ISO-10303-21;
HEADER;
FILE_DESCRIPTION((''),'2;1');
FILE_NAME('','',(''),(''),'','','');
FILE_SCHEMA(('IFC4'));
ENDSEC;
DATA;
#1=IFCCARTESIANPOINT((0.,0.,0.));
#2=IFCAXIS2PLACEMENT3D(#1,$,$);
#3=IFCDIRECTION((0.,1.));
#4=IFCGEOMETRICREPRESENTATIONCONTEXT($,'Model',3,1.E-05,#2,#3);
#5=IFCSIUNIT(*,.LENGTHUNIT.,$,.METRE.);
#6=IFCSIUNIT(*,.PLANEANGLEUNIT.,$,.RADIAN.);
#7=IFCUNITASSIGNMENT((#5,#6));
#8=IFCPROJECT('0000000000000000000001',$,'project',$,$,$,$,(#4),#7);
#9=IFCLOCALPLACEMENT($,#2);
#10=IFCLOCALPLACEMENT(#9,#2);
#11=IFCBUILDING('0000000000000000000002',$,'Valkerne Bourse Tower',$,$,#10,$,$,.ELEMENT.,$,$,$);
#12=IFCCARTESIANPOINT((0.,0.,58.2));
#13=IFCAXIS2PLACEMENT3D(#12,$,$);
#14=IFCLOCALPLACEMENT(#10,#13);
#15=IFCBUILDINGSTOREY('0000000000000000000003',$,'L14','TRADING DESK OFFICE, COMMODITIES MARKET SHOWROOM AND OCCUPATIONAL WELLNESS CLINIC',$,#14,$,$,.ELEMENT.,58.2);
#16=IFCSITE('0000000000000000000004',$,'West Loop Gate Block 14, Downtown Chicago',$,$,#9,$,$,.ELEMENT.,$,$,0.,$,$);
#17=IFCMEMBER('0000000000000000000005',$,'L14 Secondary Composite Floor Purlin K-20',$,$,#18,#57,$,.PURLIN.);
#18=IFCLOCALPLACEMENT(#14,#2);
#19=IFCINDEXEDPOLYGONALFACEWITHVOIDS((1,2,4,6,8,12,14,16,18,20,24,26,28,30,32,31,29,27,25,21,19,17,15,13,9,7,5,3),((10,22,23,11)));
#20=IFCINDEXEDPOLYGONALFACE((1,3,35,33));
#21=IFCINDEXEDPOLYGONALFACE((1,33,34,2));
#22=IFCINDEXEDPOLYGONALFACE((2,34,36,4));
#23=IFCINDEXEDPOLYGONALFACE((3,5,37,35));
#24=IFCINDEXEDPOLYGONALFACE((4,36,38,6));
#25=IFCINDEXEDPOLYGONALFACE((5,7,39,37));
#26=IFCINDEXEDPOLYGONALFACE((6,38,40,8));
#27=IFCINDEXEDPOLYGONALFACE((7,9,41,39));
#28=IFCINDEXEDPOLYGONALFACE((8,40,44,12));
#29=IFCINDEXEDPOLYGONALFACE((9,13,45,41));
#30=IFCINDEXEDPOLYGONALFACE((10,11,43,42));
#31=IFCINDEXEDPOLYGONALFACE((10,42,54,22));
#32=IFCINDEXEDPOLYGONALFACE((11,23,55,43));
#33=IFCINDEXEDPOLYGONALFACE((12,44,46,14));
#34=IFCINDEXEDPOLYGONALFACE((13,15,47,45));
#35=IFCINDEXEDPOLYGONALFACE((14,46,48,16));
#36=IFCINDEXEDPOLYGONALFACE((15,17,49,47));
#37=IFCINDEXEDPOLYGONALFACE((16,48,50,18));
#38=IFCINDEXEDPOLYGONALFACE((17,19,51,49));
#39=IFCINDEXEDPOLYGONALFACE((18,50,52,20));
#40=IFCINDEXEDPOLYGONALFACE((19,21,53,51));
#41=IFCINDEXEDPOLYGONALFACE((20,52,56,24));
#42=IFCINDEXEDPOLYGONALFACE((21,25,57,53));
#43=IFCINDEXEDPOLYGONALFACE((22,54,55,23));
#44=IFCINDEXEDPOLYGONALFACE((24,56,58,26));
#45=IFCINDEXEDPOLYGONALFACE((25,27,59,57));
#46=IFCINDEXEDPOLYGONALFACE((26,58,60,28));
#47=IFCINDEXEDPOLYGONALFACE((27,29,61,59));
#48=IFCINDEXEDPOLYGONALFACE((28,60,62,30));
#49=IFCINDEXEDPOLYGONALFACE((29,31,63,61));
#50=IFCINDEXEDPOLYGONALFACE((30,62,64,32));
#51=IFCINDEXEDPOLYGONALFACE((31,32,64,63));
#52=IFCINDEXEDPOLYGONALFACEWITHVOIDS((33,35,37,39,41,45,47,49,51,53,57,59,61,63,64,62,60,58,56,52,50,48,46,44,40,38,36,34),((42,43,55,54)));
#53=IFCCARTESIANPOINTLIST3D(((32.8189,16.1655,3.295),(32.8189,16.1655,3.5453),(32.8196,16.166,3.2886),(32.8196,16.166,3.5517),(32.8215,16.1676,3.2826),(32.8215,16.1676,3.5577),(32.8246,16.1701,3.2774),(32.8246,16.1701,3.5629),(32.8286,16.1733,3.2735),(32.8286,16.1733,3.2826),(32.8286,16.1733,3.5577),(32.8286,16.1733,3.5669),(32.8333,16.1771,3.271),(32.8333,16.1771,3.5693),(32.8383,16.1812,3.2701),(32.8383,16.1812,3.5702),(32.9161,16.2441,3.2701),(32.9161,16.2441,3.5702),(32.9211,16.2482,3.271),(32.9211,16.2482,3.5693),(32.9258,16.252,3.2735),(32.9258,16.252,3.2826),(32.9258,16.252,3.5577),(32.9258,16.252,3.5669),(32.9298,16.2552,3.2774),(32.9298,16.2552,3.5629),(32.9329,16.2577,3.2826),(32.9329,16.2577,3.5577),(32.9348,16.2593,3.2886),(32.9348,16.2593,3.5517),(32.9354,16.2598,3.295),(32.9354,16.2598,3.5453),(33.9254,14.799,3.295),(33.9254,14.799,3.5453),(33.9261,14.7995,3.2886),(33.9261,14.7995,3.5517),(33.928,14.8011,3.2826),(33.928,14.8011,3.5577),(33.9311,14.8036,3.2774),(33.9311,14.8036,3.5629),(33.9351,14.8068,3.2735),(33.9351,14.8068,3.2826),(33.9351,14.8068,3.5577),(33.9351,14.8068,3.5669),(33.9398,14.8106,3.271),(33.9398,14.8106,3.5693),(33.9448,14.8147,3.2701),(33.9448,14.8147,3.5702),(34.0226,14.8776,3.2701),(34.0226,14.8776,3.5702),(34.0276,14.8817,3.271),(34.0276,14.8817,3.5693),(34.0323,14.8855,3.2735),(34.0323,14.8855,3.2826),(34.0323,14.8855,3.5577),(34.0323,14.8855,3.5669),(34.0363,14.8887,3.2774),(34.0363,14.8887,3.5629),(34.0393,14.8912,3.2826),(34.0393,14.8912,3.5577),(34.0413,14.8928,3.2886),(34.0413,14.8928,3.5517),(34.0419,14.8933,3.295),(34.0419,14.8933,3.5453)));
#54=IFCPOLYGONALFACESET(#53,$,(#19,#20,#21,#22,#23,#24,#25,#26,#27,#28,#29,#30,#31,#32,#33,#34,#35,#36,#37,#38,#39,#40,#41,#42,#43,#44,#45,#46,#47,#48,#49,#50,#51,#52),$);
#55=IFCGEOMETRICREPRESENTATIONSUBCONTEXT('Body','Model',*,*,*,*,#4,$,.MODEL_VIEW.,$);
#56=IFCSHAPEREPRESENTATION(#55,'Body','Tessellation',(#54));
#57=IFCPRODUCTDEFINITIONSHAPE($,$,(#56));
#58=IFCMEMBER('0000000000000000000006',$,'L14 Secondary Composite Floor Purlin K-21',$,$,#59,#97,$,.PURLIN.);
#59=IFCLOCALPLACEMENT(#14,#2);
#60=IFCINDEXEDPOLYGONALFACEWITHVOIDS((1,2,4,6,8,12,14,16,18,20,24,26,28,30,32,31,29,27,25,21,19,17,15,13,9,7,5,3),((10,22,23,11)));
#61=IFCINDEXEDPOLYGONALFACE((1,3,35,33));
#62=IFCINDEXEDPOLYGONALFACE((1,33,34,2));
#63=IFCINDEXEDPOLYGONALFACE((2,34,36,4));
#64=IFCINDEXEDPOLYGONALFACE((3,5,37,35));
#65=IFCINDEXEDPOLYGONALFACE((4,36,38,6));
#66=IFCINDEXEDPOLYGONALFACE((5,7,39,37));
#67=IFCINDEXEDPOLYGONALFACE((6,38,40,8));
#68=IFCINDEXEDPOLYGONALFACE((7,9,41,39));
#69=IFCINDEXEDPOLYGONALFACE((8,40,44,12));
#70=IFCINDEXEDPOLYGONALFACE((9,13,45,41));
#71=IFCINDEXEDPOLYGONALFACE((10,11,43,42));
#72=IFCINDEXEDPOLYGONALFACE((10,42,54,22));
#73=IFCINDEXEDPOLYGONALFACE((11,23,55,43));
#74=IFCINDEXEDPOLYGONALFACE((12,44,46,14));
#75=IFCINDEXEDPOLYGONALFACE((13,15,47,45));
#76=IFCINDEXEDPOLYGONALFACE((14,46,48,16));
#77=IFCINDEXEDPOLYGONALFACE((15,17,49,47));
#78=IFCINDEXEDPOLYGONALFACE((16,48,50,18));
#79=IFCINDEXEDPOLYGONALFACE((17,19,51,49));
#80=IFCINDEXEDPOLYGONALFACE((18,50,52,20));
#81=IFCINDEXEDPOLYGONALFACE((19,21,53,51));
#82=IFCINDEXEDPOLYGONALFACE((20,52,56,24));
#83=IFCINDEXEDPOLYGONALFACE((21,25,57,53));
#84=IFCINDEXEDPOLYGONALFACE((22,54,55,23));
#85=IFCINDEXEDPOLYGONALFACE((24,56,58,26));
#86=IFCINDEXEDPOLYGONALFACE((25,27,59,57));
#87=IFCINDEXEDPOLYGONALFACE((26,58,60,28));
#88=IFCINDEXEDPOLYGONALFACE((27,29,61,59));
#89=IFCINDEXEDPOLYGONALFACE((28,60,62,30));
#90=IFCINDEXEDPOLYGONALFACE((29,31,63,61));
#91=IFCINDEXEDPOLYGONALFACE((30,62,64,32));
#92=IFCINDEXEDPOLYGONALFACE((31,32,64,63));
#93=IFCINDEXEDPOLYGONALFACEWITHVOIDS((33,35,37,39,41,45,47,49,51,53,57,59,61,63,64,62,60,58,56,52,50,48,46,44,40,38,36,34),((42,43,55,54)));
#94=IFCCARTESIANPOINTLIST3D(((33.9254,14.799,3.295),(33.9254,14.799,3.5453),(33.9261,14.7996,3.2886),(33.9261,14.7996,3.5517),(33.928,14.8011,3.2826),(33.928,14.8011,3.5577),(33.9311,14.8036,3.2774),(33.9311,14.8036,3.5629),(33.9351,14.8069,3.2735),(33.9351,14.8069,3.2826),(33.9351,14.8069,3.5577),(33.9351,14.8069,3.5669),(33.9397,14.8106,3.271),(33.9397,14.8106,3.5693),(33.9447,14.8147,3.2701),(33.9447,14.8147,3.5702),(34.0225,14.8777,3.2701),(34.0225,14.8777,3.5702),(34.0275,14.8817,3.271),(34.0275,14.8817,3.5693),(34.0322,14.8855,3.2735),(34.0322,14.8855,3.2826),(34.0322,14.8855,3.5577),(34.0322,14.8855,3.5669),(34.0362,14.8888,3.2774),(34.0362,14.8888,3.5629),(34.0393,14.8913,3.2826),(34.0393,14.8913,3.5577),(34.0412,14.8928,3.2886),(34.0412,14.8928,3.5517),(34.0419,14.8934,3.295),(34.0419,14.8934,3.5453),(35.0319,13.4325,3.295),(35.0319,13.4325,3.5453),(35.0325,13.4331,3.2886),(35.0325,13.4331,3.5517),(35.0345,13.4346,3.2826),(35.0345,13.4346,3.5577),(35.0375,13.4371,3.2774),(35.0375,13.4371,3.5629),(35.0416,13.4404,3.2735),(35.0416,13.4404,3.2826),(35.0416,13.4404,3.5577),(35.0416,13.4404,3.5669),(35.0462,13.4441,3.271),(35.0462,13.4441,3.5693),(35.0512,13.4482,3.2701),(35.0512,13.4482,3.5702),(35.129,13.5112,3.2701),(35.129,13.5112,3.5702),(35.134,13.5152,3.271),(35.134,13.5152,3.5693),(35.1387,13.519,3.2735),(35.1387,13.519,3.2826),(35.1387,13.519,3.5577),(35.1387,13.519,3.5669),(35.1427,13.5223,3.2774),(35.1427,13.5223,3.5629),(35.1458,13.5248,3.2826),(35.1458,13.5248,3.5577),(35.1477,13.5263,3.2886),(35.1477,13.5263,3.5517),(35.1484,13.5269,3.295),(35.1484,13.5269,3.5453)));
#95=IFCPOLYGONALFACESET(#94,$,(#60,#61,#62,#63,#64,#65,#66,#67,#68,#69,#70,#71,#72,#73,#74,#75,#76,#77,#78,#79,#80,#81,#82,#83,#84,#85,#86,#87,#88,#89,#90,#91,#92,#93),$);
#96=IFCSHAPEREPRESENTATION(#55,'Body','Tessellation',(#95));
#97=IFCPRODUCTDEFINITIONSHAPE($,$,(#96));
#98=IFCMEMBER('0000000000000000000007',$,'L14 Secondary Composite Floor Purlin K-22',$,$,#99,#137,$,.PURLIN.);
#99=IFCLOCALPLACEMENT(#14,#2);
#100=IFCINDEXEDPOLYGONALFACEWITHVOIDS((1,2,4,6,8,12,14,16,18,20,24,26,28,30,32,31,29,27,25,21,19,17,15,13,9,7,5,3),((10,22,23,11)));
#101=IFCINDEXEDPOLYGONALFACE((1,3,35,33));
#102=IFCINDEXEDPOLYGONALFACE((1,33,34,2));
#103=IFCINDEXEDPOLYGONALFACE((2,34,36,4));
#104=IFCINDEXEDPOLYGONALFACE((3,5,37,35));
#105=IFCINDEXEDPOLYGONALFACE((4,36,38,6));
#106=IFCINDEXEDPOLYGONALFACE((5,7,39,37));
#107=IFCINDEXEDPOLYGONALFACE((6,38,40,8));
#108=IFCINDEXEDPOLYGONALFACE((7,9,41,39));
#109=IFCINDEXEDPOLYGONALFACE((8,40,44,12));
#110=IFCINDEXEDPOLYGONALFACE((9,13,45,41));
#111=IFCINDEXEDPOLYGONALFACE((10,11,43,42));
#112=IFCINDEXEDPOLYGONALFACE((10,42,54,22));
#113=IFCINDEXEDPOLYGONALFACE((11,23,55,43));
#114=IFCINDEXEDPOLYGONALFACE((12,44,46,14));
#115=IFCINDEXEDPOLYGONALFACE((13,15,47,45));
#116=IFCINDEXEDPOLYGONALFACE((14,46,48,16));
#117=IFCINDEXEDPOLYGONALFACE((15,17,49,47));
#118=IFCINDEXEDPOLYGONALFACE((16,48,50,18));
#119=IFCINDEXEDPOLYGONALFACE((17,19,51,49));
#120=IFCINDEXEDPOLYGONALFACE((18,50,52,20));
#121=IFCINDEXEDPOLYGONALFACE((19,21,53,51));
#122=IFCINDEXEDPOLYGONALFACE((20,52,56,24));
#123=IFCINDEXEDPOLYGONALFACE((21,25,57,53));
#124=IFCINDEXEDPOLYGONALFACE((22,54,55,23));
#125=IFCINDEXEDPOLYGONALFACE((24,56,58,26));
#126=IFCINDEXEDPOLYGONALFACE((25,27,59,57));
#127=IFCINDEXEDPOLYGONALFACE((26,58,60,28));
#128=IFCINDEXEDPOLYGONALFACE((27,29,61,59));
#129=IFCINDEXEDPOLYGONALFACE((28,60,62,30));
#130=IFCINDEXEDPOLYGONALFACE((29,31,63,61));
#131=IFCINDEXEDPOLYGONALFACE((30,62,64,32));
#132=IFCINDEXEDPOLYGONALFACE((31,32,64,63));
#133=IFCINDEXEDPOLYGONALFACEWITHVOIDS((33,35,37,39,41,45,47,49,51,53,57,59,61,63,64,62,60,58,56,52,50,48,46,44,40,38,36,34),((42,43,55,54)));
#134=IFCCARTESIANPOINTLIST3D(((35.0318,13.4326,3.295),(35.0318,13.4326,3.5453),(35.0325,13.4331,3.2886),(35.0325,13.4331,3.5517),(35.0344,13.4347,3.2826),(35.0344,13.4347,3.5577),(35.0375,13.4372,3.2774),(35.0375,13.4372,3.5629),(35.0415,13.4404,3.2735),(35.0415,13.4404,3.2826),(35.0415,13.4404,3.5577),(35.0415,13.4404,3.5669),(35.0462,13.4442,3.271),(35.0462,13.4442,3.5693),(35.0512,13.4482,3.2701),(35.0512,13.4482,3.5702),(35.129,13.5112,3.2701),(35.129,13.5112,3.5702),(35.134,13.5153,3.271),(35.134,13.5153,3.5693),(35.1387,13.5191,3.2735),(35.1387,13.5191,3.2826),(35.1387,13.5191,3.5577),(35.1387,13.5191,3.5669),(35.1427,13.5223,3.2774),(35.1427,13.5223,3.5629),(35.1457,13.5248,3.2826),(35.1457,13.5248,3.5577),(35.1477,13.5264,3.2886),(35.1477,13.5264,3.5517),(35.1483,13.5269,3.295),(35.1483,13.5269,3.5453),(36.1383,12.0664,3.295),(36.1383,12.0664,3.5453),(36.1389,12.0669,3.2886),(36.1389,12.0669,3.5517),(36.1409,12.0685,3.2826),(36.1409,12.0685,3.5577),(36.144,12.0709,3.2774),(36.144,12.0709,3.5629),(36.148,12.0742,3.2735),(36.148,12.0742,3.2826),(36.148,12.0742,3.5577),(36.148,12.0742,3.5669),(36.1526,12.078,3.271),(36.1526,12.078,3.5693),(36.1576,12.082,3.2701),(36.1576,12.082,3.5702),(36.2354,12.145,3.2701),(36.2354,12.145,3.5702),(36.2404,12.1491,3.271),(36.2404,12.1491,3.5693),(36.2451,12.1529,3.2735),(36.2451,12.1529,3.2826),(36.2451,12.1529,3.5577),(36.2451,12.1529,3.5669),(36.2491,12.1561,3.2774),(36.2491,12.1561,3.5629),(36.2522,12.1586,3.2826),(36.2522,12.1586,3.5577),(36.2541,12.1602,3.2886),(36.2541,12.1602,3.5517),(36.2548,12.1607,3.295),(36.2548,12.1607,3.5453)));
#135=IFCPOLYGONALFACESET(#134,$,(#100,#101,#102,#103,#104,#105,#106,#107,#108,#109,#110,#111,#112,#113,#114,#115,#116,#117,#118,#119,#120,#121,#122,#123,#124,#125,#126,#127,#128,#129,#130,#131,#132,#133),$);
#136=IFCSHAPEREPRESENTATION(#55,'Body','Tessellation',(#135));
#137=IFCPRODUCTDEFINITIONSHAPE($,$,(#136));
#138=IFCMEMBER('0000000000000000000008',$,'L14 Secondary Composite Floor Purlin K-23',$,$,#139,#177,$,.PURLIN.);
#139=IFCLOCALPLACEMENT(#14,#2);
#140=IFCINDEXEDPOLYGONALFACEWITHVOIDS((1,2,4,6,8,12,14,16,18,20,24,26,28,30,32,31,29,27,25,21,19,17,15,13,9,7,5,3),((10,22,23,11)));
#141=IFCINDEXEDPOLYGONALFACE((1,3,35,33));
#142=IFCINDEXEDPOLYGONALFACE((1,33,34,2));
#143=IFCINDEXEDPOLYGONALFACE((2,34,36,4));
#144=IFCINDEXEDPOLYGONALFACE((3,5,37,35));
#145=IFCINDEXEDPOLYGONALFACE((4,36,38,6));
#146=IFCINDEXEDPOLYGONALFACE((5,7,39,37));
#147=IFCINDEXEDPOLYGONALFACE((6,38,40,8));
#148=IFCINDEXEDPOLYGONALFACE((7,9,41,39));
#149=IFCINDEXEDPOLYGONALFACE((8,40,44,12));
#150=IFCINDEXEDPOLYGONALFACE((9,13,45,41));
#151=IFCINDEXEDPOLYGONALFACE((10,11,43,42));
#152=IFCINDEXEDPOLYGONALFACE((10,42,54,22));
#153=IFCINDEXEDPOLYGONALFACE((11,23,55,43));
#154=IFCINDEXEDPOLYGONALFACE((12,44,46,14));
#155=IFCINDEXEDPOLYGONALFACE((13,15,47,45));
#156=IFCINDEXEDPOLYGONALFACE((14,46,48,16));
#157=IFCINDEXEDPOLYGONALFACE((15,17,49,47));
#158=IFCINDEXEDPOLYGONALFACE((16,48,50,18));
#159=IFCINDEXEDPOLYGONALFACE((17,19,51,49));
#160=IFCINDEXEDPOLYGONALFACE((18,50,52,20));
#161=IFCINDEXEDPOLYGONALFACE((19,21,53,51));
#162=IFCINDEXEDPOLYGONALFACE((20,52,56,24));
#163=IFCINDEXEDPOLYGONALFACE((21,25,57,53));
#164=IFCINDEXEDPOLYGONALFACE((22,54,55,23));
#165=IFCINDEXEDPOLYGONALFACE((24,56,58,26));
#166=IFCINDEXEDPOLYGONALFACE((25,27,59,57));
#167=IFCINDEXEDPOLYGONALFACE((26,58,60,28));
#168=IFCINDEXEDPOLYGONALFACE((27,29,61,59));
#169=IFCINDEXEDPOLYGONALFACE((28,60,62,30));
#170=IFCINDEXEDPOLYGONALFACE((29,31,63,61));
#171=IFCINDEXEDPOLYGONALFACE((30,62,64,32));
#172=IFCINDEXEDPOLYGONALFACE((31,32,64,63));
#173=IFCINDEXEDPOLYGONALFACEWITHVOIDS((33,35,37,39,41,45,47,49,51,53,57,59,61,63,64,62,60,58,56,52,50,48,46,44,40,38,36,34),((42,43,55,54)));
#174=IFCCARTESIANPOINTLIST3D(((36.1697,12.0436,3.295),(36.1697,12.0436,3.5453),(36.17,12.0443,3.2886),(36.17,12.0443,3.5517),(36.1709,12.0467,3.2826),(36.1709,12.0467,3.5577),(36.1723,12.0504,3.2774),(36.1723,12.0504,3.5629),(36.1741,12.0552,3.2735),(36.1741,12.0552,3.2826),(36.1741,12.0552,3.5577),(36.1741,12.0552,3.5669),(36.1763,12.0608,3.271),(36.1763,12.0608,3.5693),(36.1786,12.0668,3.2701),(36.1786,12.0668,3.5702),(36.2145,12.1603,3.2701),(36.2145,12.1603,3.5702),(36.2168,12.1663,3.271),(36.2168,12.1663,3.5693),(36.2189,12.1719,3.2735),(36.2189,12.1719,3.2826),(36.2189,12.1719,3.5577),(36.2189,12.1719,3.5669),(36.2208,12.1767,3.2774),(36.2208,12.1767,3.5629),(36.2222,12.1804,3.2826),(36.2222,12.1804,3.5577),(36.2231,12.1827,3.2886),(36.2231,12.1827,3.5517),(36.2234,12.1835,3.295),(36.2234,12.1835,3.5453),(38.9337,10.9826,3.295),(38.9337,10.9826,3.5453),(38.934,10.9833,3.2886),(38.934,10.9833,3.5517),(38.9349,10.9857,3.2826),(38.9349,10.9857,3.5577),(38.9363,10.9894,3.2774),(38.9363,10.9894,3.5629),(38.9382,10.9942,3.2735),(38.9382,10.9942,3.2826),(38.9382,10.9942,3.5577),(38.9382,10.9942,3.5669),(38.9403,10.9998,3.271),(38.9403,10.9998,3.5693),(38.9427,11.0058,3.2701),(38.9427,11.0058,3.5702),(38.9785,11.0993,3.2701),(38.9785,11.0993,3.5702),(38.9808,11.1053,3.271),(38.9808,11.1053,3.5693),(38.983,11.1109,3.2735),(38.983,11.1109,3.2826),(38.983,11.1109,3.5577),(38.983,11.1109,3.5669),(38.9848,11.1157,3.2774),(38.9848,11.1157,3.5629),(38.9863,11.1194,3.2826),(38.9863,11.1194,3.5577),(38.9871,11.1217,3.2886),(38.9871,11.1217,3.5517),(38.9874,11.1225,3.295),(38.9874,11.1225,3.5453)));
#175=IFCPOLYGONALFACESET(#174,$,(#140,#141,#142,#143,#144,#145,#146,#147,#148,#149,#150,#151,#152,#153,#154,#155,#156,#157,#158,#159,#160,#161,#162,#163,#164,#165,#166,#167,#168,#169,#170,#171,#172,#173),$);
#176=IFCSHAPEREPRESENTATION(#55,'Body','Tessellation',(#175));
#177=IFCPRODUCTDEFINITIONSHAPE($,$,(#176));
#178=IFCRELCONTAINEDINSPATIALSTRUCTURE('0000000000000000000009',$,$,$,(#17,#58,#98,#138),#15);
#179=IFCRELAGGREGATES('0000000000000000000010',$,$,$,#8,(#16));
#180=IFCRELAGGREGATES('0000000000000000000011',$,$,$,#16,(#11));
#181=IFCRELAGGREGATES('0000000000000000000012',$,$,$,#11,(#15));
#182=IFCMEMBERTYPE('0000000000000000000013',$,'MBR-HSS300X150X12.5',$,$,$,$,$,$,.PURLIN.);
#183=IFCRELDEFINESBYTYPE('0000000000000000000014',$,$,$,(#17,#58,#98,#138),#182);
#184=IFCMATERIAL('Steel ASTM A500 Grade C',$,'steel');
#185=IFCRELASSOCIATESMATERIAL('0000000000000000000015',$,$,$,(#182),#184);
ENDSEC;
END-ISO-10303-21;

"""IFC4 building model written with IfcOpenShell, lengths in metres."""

from ifc_helpers import new_model, si_unit, direction, frame, origin, origin_2d, place, context, subcontext, project, spatial, hollow_rectangle, extrude, material, material_profile, profile_set, type_object, element, save


model = new_model("IFC4")

# Units and contexts
model_context = context("Model", 3, precision=1e-05, world=origin(), true_north=direction((0.0, 1.0)))
body_context = subcontext(model_context, "Body", "Model", "MODEL_VIEW")
ifc_project = project(units=[si_unit("LENGTHUNIT", "METRE"), si_unit("PLANEANGLEUNIT", "RADIAN")], contexts=[model_context])

# Site, building, storey
site_placement = place(None, origin())
site = spatial("IfcSite", under=ifc_project, at=site_placement, Name="West Loop Gate Block 14, Downtown Chicago", CompositionType="ELEMENT", RefElevation=0.0)
building_placement = place(site_placement, origin())
building = spatial("IfcBuilding", under=site, at=building_placement, Name="Valkerne Bourse Tower", CompositionType="ELEMENT")
storey_placement = place(building_placement, frame((0.0, 0.0, 58.2)))
storey = spatial("IfcBuildingStorey", under=building, at=storey_placement, Name="L14", Description="TRADING DESK OFFICE, COMMODITIES MARKET SHOWROOM AND OCCUPATIONAL WELLNESS CLINIC", CompositionType="ELEMENT", Elevation=58.2)

# Members
ifc_material_1 = material(Name="Steel ASTM A500 Grade C", Category="steel")
ifc_material_profile_1 = material_profile(ifc_material_1, hollow_rectangle(XDim=0.1499, YDim=0.3, WallThickness=0.0125, OuterFilletRadius=0.0249, at=origin_2d()), Name="HSS300X150X12.5")
ifc_profile_set_1 = profile_set([ifc_material_profile_1], Name="Steel ASTM A500 Grade C")
member_type_1 = type_object("IfcMemberType", Name="MBR-HSS300X150X12.5", PredefinedType="PURLIN", material=ifc_profile_set_1)
for number, where, z_axis, x_axis, name in (
    (1, (32.8772, 16.2126, 3.4202), (0.62929, -0.77717, 0.0), (0.77717, 0.62929, 0.0), "L14 Secondary Composite Floor Purlin K-20"),
    (2, (33.9836, 14.8462, 3.4202), (0.62929, -0.77717, 0.0), (0.77717, 0.62929, 0.0), "L14 Secondary Composite Floor Purlin K-21"),
):
    element("IfcMember", number, at=place(storey_placement, frame(where, z_axis=z_axis, x_axis=x_axis)), inside=storey, type_object=member_type_1, Name=name, PredefinedType="PURLIN", context=body_context, shape_type="SweptSolid", body=[
        extrude(hollow_rectangle(XDim=0.1499, YDim=0.3, WallThickness=0.0125, OuterFilletRadius=0.0249, at=origin_2d()), origin(), (0.0, 0.0, 1.0), 1.7583),
    ])
member_1_placement = place(storey_placement, frame((35.0901, 13.4797, 3.4202), z_axis=(0.629358, -0.777115, 0.0), x_axis=(0.777115, 0.629358, 0.0)))
element("IfcMember", 3, at=member_1_placement, inside=storey, type_object=member_type_1, Name="L14 Secondary Composite Floor Purlin K-22", PredefinedType="PURLIN", context=body_context, shape_type="SweptSolid", body=[
    extrude(hollow_rectangle(XDim=0.1499, YDim=0.3, WallThickness=0.0125, OuterFilletRadius=0.0249, at=origin_2d()), origin(), (0.0, 0.0, 1.0), 1.7581),
])
member_2_placement = place(storey_placement, frame((36.1965, 12.1135, 3.4202), z_axis=(0.933583, -0.35836, 0.0), x_axis=(0.35836, 0.933583, 0.0)))
element("IfcMember", 4, at=member_2_placement, inside=storey, type_object=member_type_1, Name="L14 Secondary Composite Floor Purlin K-23", PredefinedType="PURLIN", context=body_context, shape_type="SweptSolid", body=[
    extrude(hollow_rectangle(XDim=0.1499, YDim=0.3, WallThickness=0.0125, OuterFilletRadius=0.0249, at=origin_2d()), origin(), (0.0, 0.0, 1.0), 2.9607),
])

save(model, "model.ifc")
